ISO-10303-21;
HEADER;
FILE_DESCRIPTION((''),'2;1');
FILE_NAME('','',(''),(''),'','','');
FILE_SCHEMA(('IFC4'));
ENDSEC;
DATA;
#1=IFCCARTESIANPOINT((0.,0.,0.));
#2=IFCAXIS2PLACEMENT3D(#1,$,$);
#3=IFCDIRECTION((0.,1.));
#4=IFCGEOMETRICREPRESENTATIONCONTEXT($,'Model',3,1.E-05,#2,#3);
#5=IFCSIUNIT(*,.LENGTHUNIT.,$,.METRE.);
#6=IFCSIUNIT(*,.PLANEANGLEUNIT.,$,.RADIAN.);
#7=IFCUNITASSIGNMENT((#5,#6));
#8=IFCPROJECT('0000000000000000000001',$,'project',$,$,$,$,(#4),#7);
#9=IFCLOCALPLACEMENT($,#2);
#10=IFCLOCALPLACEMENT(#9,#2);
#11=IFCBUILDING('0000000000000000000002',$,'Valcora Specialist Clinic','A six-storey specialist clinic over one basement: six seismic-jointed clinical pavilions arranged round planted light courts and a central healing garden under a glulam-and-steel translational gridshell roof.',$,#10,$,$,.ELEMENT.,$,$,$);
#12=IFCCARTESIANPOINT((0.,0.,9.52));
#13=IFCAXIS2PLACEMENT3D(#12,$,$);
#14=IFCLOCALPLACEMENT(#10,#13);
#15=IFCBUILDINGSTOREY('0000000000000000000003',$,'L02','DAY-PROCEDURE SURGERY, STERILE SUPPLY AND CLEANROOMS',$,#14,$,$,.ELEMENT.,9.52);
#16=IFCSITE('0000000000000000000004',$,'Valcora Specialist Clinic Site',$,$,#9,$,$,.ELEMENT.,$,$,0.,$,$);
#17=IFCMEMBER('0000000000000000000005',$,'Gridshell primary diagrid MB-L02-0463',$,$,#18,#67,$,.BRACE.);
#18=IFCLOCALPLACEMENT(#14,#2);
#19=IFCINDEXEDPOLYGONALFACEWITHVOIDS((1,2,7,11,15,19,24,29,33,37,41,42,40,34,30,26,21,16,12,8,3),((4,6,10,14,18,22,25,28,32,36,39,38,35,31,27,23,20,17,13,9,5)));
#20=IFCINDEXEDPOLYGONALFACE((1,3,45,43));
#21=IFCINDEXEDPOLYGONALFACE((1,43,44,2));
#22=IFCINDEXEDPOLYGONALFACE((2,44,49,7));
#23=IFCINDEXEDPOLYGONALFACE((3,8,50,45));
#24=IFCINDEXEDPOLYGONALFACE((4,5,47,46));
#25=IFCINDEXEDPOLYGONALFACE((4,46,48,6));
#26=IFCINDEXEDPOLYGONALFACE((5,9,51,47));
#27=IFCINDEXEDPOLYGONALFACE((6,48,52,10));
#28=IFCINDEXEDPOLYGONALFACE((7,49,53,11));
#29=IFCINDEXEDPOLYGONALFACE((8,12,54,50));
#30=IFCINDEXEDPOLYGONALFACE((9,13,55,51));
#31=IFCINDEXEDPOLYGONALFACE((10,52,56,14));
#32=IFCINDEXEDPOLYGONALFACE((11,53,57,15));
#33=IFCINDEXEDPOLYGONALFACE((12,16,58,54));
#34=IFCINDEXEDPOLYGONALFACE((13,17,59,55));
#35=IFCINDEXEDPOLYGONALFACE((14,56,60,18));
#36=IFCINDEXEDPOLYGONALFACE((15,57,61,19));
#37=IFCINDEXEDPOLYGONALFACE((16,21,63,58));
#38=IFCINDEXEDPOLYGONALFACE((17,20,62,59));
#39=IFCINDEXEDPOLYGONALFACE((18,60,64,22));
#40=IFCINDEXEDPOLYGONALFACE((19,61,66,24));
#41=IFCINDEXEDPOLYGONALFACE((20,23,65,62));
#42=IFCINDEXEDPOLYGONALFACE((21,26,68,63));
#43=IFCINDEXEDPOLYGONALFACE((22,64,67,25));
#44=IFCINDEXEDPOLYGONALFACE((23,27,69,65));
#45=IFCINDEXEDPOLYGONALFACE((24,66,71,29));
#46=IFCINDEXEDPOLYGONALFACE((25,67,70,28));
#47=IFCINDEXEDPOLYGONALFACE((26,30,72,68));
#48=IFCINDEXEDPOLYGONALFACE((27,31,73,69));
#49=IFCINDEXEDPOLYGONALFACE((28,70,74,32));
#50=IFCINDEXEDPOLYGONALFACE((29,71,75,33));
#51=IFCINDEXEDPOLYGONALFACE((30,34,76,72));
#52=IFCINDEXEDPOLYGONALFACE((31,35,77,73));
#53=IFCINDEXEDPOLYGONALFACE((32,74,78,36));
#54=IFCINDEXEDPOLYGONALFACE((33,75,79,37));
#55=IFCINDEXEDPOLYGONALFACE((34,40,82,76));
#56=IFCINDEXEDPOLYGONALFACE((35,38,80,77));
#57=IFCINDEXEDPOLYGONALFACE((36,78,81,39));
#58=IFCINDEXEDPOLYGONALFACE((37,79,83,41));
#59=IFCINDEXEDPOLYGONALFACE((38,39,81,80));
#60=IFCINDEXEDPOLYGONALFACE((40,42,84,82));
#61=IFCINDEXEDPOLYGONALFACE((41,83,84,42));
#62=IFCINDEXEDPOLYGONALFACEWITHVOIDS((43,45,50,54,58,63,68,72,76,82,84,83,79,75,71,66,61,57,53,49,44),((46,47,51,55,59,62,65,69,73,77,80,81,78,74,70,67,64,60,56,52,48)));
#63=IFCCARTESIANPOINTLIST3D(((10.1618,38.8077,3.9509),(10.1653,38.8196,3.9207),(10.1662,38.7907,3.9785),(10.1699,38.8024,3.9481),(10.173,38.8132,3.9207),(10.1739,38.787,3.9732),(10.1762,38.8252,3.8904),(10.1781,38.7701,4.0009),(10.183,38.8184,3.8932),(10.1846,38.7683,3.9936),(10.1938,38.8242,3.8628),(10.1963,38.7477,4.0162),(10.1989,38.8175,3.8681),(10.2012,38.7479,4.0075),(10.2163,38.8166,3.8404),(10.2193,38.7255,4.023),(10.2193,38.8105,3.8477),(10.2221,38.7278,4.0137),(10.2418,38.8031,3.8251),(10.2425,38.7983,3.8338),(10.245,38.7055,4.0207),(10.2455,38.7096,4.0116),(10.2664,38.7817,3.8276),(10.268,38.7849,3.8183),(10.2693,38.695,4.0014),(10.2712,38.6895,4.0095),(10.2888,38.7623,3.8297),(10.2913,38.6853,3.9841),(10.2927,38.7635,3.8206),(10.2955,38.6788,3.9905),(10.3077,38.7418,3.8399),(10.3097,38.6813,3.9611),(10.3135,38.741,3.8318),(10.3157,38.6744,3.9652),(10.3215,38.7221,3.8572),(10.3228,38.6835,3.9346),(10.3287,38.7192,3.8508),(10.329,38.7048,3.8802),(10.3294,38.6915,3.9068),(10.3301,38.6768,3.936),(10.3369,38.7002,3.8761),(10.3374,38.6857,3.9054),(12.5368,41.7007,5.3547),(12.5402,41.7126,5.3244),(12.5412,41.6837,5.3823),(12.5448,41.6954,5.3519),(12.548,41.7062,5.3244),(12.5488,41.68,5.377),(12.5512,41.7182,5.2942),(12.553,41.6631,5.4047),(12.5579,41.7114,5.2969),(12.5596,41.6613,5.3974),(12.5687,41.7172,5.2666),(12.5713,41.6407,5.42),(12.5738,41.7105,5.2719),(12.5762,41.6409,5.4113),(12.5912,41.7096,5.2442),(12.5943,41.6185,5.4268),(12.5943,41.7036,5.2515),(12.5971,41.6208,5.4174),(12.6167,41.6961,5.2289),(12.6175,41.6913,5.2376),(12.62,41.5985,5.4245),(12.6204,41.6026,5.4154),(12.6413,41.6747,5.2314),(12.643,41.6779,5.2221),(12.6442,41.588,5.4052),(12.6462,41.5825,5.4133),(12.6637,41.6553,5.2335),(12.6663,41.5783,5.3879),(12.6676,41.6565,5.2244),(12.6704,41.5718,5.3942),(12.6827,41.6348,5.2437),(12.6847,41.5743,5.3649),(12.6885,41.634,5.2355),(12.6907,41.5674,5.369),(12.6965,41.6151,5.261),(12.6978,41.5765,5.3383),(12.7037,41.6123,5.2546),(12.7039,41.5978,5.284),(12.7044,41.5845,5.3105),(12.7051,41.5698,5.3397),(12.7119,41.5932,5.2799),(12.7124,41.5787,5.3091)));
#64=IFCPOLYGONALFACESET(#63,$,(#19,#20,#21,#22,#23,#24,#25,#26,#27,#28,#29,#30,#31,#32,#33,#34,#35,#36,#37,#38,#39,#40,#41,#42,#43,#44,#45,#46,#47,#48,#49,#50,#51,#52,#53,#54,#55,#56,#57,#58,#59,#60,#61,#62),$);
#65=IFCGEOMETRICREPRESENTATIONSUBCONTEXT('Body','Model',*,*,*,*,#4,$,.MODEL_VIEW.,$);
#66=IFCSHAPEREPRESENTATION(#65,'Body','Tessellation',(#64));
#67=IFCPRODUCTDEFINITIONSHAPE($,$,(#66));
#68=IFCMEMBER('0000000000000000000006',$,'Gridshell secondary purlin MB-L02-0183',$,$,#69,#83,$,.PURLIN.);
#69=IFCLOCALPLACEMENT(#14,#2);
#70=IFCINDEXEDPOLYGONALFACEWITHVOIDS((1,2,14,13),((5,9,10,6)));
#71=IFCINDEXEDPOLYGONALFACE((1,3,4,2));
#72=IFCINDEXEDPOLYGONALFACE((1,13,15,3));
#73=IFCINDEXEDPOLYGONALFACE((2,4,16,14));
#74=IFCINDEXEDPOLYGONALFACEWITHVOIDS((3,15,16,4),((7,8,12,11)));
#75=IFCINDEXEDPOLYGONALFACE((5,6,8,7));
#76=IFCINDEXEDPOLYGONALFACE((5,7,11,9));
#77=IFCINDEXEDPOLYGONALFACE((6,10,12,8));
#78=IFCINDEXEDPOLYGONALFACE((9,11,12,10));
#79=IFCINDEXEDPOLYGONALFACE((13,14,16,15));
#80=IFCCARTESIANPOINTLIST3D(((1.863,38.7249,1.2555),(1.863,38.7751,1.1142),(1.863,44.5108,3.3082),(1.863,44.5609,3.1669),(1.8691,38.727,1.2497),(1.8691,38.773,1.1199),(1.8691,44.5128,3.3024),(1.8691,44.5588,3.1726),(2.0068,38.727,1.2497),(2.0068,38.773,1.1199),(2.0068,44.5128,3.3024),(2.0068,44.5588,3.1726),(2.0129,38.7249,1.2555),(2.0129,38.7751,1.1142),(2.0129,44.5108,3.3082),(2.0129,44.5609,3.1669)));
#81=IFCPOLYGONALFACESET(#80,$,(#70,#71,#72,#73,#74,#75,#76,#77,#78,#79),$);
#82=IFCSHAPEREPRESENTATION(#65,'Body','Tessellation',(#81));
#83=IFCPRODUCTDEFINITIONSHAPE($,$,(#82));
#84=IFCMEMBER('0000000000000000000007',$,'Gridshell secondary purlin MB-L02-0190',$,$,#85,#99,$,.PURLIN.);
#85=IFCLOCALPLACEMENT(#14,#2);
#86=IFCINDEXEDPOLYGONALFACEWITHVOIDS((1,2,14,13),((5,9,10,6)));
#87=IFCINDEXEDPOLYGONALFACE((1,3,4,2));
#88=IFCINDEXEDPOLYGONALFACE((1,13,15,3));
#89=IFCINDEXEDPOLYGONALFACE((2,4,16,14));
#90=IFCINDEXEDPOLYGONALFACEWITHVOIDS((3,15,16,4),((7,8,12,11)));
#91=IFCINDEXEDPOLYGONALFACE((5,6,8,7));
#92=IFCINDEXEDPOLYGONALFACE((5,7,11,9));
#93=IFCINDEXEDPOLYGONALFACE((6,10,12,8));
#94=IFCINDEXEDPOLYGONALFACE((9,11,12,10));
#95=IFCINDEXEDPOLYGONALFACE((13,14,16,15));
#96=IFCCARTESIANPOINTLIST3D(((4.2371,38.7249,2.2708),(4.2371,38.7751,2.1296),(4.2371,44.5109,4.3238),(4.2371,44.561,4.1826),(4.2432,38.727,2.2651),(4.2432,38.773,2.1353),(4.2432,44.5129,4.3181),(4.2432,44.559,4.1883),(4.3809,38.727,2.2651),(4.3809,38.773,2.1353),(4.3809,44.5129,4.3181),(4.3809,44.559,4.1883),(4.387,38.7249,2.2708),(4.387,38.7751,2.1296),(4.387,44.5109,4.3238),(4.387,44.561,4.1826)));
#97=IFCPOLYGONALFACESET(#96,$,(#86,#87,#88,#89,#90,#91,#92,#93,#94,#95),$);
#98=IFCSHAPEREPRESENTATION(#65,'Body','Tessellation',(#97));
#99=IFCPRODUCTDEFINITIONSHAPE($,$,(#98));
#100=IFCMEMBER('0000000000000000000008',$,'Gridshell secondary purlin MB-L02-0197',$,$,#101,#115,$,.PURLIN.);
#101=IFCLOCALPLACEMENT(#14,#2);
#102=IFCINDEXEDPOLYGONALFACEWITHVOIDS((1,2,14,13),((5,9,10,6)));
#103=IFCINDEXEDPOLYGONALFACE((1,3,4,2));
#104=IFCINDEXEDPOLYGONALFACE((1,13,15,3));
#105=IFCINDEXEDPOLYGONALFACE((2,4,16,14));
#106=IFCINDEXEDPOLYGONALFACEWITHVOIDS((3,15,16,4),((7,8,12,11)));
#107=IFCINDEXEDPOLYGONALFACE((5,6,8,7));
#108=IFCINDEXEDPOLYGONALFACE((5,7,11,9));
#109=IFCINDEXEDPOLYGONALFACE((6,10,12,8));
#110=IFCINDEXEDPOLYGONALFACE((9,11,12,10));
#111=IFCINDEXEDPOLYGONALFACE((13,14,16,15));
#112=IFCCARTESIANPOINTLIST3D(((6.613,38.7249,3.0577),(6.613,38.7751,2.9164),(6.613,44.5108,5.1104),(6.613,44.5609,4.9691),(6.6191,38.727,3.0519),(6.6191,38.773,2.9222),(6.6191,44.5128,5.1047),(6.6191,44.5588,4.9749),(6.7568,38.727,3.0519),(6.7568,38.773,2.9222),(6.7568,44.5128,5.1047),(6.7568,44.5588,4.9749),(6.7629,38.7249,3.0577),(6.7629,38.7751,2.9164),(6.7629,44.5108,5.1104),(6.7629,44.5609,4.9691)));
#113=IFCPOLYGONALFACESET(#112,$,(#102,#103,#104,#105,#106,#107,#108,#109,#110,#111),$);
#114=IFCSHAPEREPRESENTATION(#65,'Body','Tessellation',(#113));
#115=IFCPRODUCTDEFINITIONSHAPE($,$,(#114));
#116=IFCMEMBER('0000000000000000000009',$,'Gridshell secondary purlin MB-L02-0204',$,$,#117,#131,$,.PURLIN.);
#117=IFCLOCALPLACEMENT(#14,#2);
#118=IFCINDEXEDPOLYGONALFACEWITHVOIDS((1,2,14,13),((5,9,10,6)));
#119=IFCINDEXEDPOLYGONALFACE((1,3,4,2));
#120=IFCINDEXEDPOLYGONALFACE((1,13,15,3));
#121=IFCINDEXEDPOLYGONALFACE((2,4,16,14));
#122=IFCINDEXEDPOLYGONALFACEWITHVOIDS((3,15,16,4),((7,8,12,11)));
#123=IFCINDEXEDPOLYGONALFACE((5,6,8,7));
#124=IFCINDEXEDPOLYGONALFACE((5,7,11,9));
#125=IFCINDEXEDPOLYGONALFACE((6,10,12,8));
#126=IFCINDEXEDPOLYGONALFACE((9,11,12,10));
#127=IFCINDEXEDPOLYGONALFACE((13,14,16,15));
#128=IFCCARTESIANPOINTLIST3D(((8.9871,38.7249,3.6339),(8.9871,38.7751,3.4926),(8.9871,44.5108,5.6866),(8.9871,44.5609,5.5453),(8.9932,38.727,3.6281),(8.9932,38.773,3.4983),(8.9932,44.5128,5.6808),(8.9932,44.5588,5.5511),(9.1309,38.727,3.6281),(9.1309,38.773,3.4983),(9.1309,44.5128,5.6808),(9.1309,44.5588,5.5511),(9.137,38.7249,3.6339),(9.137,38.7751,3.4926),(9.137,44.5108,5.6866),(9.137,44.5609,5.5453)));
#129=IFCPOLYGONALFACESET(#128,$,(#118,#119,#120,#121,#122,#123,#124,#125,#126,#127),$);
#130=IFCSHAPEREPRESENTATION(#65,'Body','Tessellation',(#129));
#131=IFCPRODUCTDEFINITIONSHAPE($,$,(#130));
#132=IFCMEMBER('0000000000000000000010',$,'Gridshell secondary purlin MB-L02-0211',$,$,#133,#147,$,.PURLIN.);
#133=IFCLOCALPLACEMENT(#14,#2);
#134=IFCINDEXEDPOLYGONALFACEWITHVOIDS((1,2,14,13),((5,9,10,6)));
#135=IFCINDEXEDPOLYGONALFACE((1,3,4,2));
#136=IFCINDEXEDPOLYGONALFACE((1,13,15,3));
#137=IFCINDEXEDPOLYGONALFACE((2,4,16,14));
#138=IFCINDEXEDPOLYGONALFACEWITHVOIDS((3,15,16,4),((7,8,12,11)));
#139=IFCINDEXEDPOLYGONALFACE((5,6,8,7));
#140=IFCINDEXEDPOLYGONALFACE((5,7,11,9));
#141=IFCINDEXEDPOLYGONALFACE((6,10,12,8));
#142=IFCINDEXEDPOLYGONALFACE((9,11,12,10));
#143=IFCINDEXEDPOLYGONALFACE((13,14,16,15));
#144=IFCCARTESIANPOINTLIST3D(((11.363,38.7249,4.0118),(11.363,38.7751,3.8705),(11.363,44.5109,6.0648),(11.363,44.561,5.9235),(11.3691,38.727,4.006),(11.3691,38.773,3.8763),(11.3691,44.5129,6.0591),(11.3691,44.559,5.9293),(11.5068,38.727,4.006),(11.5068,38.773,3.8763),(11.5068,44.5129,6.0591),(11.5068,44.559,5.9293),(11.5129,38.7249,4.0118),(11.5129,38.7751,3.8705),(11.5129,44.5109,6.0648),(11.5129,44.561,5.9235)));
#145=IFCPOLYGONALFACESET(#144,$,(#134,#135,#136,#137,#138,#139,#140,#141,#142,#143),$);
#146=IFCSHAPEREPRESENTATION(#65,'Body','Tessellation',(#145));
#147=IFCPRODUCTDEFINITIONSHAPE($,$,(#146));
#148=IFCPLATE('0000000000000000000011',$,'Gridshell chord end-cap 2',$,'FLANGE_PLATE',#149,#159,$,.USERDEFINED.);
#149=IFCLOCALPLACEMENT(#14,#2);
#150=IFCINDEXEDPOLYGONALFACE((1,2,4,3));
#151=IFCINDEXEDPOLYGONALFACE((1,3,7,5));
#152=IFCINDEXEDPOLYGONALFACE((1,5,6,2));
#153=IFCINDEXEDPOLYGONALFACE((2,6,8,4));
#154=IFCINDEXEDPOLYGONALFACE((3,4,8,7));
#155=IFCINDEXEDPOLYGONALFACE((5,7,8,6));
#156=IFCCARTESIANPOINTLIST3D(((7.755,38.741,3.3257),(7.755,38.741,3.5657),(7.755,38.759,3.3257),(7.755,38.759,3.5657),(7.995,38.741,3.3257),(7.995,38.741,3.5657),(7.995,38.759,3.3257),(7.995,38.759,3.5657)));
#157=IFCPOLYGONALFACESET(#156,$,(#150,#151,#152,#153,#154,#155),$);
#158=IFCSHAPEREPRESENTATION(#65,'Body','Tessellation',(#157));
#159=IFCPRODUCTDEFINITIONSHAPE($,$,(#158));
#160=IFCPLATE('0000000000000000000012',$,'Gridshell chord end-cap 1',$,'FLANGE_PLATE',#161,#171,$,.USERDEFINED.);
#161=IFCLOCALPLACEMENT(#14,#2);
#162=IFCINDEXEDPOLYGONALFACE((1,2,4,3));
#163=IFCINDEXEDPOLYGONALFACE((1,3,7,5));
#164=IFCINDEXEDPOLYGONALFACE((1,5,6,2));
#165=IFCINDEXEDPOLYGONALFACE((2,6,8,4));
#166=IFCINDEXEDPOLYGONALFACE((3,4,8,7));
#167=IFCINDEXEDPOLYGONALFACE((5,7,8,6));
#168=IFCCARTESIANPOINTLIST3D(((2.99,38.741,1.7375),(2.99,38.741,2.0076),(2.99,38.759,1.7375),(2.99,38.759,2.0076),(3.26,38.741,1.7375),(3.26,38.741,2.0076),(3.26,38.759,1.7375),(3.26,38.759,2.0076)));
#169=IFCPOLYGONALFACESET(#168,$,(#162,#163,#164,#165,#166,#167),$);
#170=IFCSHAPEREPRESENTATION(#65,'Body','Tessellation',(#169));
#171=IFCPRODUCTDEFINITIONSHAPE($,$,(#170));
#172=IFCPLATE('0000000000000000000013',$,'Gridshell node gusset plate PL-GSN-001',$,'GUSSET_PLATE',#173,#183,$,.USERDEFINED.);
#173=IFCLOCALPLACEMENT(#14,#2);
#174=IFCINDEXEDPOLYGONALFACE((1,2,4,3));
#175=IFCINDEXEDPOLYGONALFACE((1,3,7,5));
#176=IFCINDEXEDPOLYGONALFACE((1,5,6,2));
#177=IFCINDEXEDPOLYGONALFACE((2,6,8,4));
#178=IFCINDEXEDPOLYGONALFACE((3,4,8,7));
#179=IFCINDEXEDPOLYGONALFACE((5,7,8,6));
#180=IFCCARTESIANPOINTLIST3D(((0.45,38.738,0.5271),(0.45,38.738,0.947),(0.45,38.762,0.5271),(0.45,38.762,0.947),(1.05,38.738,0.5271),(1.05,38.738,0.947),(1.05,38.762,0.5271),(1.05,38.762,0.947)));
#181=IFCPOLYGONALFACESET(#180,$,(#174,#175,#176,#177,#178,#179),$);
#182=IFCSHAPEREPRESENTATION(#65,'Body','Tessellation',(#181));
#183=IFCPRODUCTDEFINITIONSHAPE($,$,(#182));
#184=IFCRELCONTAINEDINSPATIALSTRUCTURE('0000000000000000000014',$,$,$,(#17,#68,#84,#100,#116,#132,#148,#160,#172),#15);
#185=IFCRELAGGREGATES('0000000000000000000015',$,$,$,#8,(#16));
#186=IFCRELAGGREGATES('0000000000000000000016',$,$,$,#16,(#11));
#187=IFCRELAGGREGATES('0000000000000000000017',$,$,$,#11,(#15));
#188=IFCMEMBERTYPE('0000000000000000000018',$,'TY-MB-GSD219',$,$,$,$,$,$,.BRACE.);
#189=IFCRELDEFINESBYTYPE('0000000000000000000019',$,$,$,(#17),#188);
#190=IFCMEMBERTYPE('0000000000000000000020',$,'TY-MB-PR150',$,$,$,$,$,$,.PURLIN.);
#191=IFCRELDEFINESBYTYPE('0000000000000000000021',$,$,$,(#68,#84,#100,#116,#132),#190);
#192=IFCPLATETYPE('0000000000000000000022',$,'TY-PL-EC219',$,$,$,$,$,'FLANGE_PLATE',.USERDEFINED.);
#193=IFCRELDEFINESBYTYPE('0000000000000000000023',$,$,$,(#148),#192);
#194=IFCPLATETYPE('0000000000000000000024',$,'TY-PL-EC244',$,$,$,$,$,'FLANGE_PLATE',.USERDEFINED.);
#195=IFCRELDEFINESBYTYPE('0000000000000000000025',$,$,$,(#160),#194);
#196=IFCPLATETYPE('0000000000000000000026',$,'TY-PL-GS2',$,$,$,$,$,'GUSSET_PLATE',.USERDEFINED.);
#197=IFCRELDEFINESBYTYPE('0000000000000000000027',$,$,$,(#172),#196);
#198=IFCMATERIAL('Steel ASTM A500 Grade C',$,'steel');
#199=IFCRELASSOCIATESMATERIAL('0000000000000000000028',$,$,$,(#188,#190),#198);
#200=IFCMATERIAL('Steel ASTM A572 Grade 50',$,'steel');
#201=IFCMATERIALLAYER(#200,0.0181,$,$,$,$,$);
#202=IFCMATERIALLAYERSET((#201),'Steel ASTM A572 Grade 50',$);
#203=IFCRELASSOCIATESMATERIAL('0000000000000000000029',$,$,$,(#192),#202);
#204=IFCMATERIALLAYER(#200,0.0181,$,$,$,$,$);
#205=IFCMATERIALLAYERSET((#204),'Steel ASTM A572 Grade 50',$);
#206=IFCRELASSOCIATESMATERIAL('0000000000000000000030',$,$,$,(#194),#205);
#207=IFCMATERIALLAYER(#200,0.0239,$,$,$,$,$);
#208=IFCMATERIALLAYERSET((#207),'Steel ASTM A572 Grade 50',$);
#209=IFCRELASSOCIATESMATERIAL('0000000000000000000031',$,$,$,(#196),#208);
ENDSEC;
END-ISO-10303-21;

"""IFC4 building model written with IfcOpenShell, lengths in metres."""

from ifc_helpers import new_model, si_unit, direction, frame, origin, origin_2d, place, context, subcontext, project, spatial, rectangle, hollow_rectangle, hollow_circle, extrude, material, layer, layer_set, material_profile, profile_set, type_object, element, save


model = new_model("IFC4")

# Units and contexts
model_context = context("Model", 3, precision=1e-05, world=origin(), true_north=direction((0.0, 1.0)))
body_context = subcontext(model_context, "Body", "Model", "MODEL_VIEW")
ifc_project = project(units=[si_unit("LENGTHUNIT", "METRE"), si_unit("PLANEANGLEUNIT", "RADIAN")], contexts=[model_context])

# Site, building, storey
site_placement = place(None, origin())
site = spatial("IfcSite", under=ifc_project, at=site_placement, Name="Valcora Specialist Clinic Site", CompositionType="ELEMENT", RefElevation=0.0)
building_placement = place(site_placement, origin())
building = spatial("IfcBuilding", under=site, at=building_placement, Name="Valcora Specialist Clinic", Description="A six-storey specialist clinic over one basement: six seismic-jointed clinical pavilions arranged round planted light courts and a central healing garden under a glulam-and-steel translational gridshell roof.", CompositionType="ELEMENT")
storey_placement = place(building_placement, frame((0.0, 0.0, 9.52)))
storey = spatial("IfcBuildingStorey", under=building, at=storey_placement, Name="L02", Description="DAY-PROCEDURE SURGERY, STERILE SUPPLY AND CLEANROOMS", CompositionType="ELEMENT", Elevation=9.52)

# Members
ifc_material_1 = material(Name="Steel ASTM A500 Grade C", Category="steel")
ifc_material_profile_1 = material_profile(ifc_material_1, hollow_circle(Radius=0.1096, WallThickness=0.01, at=origin_2d()), Name="ST-CHS-219X10")
ifc_profile_set_1 = profile_set([ifc_material_profile_1], Name="Steel ASTM A500 Grade C")
member_type_1 = type_object("IfcMemberType", Name="TY-MB-GSD219", PredefinedType="BRACE", material=ifc_profile_set_1)
member_1_placement = place(storey_placement, frame((10.25, 38.75, 3.9207), z_axis=(0.5941, 0.723693, 0.351159), x_axis=(-0.772916, 0.634508, 0.0)))
element("IfcMember", 1, at=member_1_placement, inside=storey, type_object=member_type_1, Name="Gridshell primary diagrid MB-L02-0463", PredefinedType="BRACE", context=body_context, shape_type="SweptSolid", body=[
    extrude(hollow_circle(Radius=0.1096, WallThickness=0.01, at=origin_2d()), origin(), (0.0, 0.0, 1.0), 3.9976),
])
ifc_material_profile_2 = material_profile(ifc_material_1, hollow_rectangle(XDim=0.1499, YDim=0.1499, WallThickness=0.0061, at=origin_2d()), Name="ST-RHS-150X150X6")
ifc_profile_set_2 = profile_set([ifc_material_profile_2], Name="Steel ASTM A500 Grade C")
member_type_2 = type_object("IfcMemberType", Name="TY-MB-PR150", PredefinedType="PURLIN", material=ifc_profile_set_2)
member_2_placement = place(storey_placement, frame((1.938, 38.75, 1.1848), z_axis=(0.0, 0.942444, 0.334363), x_axis=(-1.0, 0.0, 0.0)))
element("IfcMember", 2, at=member_2_placement, inside=storey, type_object=member_type_2, Name="Gridshell secondary purlin MB-L02-0183", PredefinedType="PURLIN", context=body_context, shape_type="SweptSolid", body=[
    extrude(hollow_rectangle(XDim=0.1499, YDim=0.1499, WallThickness=0.0061, at=origin_2d()), origin(), (0.0, 0.0, 1.0), 6.1392),
])
member_3_placement = place(storey_placement, frame((4.312, 38.75, 2.2002), z_axis=(0.0, 0.942432, 0.334398), x_axis=(-1.0, 0.0, 0.0)))
element("IfcMember", 3, at=member_3_placement, inside=storey, type_object=member_type_2, Name="Gridshell secondary purlin MB-L02-0190", PredefinedType="PURLIN", context=body_context, shape_type="SweptSolid", body=[
    extrude(hollow_rectangle(XDim=0.1499, YDim=0.1499, WallThickness=0.0061, at=origin_2d()), origin(), (0.0, 0.0, 1.0), 6.1394),
])
for number, where, z_axis, x_axis, name in (
    (4, (6.688, 38.75, 2.9871), (0.0, 0.942444, 0.334363), (-1.0, 0.0, 0.0), "Gridshell secondary purlin MB-L02-0197"),
    (5, (9.062, 38.75, 3.5632), (0.0, 0.942444, 0.334363), (-1.0, 0.0, 0.0), "Gridshell secondary purlin MB-L02-0204"),
):
    element("IfcMember", number, at=place(storey_placement, frame(where, z_axis=z_axis, x_axis=x_axis)), inside=storey, type_object=member_type_2, Name=name, PredefinedType="PURLIN", context=body_context, shape_type="SweptSolid", body=[
        extrude(hollow_rectangle(XDim=0.1499, YDim=0.1499, WallThickness=0.0061, at=origin_2d()), origin(), (0.0, 0.0, 1.0), 6.1392),
    ])
member_4_placement = place(storey_placement, frame((11.438, 38.75, 3.9412), z_axis=(0.0, 0.942432, 0.334398), x_axis=(-1.0, 0.0, 0.0)))
element("IfcMember", 6, at=member_4_placement, inside=storey, type_object=member_type_2, Name="Gridshell secondary purlin MB-L02-0211", PredefinedType="PURLIN", context=body_context, shape_type="SweptSolid", body=[
    extrude(hollow_rectangle(XDim=0.1499, YDim=0.1499, WallThickness=0.0061, at=origin_2d()), origin(), (0.0, 0.0, 1.0), 6.1394),
])

# Plates
ifc_material_2 = material(Name="Steel ASTM A572 Grade 50", Category="steel")
ifc_layer_1 = layer(ifc_material_2, 0.0181)
ifc_layer_set_1 = layer_set([ifc_layer_1], Name="Steel ASTM A572 Grade 50")
plate_type_1 = type_object("IfcPlateType", Name="TY-PL-EC219", ElementType="FLANGE_PLATE", PredefinedType="USERDEFINED", material=ifc_layer_set_1)
plate_1_placement = place(storey_placement, frame((7.875, 38.75, 3.3257), z_axis=(0.0, 0.0, 1.0), x_axis=(1.0, 0.0, 0.0)))
element("IfcPlate", 7, at=plate_1_placement, inside=storey, type_object=plate_type_1, Name="Gridshell chord end-cap 2", ObjectType="FLANGE_PLATE", PredefinedType="USERDEFINED", context=body_context, shape_type="SweptSolid", body=[
    extrude(rectangle(XDim=0.24, YDim=0.0181, at=origin_2d()), origin(), (0.0, 0.0, 1.0), 0.24),
])
ifc_layer_2 = layer(ifc_material_2, 0.0181)
ifc_layer_set_2 = layer_set([ifc_layer_2], Name="Steel ASTM A572 Grade 50")
plate_type_2 = type_object("IfcPlateType", Name="TY-PL-EC244", ElementType="FLANGE_PLATE", PredefinedType="USERDEFINED", material=ifc_layer_set_2)
plate_2_placement = place(storey_placement, frame((3.125, 38.75, 1.7375), z_axis=(0.0, 0.0, 1.0), x_axis=(1.0, 0.0, 0.0)))
element("IfcPlate", 8, at=plate_2_placement, inside=storey, type_object=plate_type_2, Name="Gridshell chord end-cap 1", ObjectType="FLANGE_PLATE", PredefinedType="USERDEFINED", context=body_context, shape_type="SweptSolid", body=[
    extrude(rectangle(XDim=0.27, YDim=0.0181, at=origin_2d()), origin(), (0.0, 0.0, 1.0), 0.27),
])
ifc_layer_3 = layer(ifc_material_2, 0.0239)
ifc_layer_set_3 = layer_set([ifc_layer_3], Name="Steel ASTM A572 Grade 50")
plate_type_3 = type_object("IfcPlateType", Name="TY-PL-GS2", ElementType="GUSSET_PLATE", PredefinedType="USERDEFINED", material=ifc_layer_set_3)
plate_3_placement = place(storey_placement, frame((0.75, 38.75, 0.5271), z_axis=(0.0, 0.0, 1.0), x_axis=(1.0, 0.0, 0.0)))
element("IfcPlate", 9, at=plate_3_placement, inside=storey, type_object=plate_type_3, Name="Gridshell node gusset plate PL-GSN-001", ObjectType="GUSSET_PLATE", PredefinedType="USERDEFINED", context=body_context, shape_type="SweptSolid", body=[
    extrude(rectangle(XDim=0.6001, YDim=0.0239, at=origin_2d()), origin(), (0.0, 0.0, 1.0), 0.4199),
])

save(model, "model.ifc")
